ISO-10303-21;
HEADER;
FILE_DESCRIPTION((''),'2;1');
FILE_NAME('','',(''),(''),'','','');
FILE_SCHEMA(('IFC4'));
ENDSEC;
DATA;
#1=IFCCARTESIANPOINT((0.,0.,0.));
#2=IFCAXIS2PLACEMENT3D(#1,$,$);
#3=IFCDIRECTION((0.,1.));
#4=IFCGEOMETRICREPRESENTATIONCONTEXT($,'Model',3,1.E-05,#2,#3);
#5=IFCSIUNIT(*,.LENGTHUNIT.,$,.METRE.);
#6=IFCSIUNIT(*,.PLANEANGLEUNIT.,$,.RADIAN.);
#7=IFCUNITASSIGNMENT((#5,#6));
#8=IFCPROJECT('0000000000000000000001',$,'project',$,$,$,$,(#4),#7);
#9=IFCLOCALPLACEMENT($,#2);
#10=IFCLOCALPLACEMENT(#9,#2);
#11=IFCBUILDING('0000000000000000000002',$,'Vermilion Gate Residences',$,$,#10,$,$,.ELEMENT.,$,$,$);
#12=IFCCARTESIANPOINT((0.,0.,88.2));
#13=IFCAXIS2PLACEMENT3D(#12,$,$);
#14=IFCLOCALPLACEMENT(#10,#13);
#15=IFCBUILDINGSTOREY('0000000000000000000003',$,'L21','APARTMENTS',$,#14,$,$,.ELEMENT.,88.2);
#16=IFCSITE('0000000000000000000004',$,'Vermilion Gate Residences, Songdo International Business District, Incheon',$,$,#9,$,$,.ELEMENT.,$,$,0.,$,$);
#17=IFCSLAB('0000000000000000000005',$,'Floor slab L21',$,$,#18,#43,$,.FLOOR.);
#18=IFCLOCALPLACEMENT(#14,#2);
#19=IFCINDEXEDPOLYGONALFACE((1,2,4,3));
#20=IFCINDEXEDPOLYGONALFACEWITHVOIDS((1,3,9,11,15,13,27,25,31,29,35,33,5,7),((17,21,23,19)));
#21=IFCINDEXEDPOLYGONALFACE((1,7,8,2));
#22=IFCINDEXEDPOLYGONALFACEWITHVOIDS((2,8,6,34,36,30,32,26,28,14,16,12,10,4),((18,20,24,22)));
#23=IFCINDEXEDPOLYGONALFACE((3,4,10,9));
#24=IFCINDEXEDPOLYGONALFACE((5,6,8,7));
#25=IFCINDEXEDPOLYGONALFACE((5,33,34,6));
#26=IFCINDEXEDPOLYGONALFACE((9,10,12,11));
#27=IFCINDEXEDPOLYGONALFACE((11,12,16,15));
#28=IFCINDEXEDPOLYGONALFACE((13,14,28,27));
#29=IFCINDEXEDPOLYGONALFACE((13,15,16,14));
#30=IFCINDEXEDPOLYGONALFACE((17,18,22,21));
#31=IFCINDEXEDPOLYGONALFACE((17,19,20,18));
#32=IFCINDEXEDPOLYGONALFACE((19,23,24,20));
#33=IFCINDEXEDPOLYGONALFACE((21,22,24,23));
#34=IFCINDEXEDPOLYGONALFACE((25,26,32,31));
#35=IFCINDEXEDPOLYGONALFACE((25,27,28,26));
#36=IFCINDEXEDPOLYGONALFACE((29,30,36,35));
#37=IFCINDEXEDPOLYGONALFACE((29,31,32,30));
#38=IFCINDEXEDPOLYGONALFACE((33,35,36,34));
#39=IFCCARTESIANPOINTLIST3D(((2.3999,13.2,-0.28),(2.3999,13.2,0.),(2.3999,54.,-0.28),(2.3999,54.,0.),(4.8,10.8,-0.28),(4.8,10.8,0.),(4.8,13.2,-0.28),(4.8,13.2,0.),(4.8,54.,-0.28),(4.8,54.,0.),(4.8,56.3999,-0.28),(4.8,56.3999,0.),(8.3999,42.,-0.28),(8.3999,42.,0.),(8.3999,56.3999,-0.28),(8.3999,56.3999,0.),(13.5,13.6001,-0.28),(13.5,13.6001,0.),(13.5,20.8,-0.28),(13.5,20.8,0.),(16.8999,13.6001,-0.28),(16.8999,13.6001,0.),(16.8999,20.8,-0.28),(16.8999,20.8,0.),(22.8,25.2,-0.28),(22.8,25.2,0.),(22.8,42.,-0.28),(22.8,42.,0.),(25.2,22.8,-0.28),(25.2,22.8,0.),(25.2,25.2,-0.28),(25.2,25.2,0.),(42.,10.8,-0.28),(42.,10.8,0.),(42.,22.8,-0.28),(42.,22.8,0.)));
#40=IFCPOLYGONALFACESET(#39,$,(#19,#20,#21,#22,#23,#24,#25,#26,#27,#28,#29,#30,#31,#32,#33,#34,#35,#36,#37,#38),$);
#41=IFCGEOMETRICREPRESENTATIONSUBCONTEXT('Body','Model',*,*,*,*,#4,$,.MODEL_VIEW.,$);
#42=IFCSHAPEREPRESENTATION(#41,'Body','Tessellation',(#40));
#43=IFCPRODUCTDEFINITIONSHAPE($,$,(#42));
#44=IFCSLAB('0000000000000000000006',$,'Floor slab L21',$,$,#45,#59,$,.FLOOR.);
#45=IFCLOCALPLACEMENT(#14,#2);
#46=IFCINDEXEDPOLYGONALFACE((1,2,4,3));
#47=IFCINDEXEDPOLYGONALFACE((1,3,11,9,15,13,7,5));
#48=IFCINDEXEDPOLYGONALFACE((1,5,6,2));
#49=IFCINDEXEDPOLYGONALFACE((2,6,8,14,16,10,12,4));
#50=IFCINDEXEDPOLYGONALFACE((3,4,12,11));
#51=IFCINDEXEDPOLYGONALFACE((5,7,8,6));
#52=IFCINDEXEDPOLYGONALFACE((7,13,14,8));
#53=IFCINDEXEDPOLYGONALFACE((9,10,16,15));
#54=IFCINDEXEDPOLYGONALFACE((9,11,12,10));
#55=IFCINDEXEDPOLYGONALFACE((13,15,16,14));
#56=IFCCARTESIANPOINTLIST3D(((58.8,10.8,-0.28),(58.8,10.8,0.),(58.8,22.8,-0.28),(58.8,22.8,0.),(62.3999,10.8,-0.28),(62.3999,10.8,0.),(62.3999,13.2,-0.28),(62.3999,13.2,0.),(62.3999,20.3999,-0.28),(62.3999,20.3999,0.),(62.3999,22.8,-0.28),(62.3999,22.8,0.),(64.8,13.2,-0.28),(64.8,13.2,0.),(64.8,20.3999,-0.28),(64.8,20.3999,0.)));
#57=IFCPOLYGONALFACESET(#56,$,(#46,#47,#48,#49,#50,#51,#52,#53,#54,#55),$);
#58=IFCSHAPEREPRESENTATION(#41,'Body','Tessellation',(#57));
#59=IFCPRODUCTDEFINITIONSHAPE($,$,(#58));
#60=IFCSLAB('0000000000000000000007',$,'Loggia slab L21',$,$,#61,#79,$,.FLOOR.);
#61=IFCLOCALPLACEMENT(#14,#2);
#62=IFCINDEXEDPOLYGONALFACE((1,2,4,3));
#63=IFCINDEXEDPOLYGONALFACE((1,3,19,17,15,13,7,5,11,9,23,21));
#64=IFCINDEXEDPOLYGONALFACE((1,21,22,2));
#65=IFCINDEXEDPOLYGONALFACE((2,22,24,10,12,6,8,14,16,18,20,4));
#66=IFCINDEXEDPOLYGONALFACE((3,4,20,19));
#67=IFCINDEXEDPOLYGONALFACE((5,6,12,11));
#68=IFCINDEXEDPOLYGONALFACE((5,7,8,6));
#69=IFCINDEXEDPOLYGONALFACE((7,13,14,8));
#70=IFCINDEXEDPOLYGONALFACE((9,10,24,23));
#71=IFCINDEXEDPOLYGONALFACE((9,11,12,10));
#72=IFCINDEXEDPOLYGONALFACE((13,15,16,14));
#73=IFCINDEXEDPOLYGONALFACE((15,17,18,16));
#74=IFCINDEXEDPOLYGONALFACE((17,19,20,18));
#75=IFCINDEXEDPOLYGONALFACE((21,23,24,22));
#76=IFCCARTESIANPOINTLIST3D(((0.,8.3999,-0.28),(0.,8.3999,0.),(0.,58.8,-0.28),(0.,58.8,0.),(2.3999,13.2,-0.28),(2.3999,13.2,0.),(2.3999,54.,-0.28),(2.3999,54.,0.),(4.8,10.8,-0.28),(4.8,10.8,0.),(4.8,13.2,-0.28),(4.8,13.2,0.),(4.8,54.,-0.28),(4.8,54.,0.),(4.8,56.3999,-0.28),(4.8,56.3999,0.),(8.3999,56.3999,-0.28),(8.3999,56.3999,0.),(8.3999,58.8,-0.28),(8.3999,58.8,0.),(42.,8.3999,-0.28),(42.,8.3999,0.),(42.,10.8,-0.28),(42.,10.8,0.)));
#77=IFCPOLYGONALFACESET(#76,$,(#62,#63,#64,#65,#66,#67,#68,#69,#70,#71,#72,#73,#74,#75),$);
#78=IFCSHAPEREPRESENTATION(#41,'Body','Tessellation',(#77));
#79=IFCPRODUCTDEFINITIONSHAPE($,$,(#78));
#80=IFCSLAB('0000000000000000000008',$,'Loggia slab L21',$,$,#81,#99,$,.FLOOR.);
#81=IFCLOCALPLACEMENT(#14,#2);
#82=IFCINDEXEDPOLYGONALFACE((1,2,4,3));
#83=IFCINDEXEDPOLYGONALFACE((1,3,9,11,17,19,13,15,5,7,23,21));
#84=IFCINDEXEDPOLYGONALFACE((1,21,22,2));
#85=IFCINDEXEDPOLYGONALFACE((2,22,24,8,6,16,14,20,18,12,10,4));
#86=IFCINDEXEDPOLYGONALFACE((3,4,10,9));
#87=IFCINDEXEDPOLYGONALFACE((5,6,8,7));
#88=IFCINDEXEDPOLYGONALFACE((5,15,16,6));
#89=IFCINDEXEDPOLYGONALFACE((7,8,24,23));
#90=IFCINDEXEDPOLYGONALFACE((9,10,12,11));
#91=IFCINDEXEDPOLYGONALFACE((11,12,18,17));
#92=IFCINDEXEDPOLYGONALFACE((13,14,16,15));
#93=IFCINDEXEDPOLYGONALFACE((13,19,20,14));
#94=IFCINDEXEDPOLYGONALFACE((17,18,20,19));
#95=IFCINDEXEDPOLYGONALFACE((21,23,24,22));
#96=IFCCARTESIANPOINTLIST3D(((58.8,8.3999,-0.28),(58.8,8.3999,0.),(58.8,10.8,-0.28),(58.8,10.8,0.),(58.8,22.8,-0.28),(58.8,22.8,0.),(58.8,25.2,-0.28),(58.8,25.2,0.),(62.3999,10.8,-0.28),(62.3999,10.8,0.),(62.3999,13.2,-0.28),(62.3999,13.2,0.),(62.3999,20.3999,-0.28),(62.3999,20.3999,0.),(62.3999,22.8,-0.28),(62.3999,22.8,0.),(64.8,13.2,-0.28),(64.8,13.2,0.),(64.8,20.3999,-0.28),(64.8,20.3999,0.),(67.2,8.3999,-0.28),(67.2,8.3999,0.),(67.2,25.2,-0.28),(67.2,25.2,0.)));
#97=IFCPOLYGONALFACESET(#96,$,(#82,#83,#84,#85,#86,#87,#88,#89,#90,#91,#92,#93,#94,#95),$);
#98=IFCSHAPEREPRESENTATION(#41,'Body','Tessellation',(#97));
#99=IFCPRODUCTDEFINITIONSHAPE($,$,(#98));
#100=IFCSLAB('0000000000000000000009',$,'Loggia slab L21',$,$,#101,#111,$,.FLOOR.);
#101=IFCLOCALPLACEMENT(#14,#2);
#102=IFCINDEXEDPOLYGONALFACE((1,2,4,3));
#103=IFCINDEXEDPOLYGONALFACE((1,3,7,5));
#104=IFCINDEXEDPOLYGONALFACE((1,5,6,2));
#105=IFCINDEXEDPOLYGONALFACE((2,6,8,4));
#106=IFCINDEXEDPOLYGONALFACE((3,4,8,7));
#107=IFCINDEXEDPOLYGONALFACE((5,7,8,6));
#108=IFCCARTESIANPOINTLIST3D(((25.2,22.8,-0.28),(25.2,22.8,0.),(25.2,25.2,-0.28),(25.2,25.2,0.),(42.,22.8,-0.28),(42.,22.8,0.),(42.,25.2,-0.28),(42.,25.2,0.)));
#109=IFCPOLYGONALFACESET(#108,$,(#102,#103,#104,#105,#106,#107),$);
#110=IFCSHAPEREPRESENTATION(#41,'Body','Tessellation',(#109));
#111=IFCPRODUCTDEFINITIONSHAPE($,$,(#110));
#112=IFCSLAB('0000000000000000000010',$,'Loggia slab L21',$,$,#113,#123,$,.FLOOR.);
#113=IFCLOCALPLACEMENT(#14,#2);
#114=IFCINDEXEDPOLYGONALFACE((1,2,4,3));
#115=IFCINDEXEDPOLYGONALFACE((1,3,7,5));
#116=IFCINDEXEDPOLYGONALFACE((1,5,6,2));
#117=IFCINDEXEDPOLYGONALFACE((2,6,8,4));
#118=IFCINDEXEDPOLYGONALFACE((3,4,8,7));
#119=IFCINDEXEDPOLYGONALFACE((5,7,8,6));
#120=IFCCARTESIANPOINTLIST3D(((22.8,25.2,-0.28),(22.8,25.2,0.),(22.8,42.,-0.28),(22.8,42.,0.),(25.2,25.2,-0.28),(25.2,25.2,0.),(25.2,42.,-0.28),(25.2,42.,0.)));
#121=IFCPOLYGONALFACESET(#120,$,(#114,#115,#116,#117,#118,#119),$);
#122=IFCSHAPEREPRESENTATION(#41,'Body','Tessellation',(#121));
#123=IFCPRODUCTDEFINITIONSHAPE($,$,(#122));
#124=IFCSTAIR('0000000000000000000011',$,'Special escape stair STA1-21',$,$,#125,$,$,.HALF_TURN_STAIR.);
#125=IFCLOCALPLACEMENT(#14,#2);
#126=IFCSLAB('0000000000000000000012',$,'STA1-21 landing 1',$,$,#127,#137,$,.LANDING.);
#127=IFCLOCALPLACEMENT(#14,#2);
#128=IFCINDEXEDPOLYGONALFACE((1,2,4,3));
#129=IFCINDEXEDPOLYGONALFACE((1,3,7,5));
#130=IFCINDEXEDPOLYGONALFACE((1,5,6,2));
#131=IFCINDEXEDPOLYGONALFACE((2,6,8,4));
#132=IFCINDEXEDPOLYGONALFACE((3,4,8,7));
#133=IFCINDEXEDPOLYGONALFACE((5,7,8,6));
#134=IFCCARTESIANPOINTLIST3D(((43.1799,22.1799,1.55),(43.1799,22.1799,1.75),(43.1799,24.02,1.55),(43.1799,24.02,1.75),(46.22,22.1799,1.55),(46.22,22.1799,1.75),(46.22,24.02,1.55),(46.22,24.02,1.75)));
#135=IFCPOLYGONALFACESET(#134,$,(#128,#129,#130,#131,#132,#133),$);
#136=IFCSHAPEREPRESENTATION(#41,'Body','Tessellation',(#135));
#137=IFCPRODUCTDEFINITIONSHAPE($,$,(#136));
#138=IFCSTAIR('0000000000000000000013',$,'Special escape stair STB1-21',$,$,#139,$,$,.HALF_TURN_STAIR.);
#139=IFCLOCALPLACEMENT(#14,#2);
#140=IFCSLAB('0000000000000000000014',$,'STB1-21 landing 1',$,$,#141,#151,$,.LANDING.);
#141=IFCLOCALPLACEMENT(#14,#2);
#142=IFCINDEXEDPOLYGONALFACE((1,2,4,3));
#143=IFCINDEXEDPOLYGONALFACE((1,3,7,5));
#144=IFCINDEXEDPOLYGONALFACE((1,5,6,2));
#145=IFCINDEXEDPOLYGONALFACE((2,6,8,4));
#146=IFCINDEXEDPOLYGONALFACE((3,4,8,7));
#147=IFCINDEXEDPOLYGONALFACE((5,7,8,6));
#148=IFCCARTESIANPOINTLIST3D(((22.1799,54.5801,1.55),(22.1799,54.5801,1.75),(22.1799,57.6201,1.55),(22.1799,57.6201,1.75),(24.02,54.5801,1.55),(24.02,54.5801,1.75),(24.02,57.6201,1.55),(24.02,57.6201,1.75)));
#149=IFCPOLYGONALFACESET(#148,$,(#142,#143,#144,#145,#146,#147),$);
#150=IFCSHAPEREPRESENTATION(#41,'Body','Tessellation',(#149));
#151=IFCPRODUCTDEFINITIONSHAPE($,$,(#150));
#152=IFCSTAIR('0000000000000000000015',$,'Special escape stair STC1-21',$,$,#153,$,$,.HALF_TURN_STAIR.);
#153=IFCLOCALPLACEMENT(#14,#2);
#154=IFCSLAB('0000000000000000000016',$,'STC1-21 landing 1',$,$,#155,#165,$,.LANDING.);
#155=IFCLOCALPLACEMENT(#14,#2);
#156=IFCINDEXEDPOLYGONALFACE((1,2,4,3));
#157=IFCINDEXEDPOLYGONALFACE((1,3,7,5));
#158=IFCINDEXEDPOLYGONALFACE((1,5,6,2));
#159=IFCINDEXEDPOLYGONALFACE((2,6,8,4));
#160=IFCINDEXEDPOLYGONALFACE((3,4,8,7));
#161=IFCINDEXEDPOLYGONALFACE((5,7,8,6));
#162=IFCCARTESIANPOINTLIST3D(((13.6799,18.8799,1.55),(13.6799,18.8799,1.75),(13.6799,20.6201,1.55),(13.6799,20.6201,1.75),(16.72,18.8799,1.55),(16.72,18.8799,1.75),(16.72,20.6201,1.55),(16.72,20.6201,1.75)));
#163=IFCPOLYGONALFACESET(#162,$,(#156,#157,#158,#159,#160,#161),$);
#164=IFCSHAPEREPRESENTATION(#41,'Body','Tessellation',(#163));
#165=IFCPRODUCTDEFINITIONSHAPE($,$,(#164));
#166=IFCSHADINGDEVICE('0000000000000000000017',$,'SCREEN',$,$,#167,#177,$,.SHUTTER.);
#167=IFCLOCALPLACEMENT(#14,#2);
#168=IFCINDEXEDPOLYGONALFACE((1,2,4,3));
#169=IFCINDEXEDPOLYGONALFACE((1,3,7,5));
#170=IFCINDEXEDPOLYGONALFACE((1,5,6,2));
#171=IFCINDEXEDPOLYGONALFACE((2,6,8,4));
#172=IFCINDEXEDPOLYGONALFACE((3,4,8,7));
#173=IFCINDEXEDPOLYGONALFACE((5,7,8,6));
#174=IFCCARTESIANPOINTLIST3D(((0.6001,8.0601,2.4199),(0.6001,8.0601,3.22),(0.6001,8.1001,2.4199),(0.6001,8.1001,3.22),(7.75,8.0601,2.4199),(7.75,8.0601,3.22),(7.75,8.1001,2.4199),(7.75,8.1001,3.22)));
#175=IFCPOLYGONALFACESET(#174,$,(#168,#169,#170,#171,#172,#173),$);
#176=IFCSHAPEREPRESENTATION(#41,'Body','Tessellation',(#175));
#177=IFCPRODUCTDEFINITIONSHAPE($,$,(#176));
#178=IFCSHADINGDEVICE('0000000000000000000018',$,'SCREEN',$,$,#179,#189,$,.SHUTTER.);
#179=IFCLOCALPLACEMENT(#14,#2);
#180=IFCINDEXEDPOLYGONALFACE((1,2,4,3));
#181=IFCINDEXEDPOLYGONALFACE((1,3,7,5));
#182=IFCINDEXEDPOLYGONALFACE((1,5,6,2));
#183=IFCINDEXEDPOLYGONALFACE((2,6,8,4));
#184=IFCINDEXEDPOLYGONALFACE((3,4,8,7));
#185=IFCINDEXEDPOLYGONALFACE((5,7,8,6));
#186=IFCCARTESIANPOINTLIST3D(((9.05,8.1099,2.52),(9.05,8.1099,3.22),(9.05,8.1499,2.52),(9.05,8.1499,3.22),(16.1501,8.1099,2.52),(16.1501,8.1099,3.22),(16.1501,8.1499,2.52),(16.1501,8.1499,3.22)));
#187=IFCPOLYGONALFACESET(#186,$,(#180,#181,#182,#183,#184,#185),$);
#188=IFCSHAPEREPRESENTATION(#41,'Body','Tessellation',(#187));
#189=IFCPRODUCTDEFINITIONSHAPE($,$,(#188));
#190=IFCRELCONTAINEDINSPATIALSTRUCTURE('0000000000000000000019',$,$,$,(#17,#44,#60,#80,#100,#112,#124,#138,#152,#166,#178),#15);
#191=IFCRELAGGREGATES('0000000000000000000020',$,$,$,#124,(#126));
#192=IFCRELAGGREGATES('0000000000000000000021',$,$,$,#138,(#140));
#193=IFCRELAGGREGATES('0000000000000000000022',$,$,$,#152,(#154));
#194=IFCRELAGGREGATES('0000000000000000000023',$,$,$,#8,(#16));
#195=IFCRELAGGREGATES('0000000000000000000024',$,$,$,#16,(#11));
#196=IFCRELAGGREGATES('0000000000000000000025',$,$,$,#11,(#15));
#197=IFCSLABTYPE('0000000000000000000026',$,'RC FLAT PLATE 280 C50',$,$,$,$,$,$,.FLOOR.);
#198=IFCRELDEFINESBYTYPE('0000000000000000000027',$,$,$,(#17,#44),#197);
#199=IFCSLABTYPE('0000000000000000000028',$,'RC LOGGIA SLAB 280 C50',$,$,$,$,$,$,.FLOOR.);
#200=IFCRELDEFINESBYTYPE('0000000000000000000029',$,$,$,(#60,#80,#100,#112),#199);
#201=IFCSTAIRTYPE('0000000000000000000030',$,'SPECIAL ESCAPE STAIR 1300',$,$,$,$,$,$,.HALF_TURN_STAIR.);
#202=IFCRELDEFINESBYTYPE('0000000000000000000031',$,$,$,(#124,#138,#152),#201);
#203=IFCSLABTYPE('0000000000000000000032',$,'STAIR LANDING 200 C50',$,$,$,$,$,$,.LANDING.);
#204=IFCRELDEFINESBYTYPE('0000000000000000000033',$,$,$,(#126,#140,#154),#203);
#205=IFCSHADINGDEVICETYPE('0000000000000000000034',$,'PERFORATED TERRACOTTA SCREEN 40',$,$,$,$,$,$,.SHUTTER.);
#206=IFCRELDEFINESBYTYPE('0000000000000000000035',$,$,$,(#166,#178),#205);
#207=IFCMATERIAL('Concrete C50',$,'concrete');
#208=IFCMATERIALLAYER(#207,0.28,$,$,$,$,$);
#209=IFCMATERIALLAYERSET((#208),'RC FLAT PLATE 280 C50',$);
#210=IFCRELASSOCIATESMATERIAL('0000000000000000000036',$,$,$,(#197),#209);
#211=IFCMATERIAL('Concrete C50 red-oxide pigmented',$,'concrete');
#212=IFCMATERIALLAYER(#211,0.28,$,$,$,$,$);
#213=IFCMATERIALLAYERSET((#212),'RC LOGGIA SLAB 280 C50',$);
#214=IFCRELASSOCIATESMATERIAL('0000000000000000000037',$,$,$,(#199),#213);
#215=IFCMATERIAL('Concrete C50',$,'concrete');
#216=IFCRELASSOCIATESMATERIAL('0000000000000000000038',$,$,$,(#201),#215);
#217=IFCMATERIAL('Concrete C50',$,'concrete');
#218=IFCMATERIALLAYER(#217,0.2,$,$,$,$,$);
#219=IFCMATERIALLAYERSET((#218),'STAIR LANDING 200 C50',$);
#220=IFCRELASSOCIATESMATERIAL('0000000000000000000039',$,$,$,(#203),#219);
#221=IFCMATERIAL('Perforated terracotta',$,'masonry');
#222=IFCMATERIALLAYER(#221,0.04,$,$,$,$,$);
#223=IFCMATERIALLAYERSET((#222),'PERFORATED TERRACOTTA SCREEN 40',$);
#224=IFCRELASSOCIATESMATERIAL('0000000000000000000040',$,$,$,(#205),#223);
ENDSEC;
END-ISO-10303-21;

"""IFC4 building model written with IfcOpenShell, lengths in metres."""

from ifc_helpers import new_model, si_unit, direction, frame, origin, origin_2d, place, context, subcontext, project, spatial, polyline, rectangle, outline, extrude, material, layer, layer_set, type_object, element, aggregate, save


model = new_model("IFC4")

# Units and contexts
model_context = context("Model", 3, precision=1e-05, world=origin(), true_north=direction((0.0, 1.0)))
body_context = subcontext(model_context, "Body", "Model", "MODEL_VIEW")
ifc_project = project(units=[si_unit("LENGTHUNIT", "METRE"), si_unit("PLANEANGLEUNIT", "RADIAN")], contexts=[model_context])

# Site, building, storey
site_placement = place(None, origin())
site = spatial("IfcSite", under=ifc_project, at=site_placement, Name="Vermilion Gate Residences, Songdo International Business District, Incheon", CompositionType="ELEMENT", RefElevation=0.0)
building_placement = place(site_placement, origin())
building = spatial("IfcBuilding", under=site, at=building_placement, Name="Vermilion Gate Residences", CompositionType="ELEMENT")
storey_placement = place(building_placement, frame((0.0, 0.0, 88.2)))
storey = spatial("IfcBuildingStorey", under=building, at=storey_placement, Name="L21", Description="APARTMENTS", CompositionType="ELEMENT", Elevation=88.2)

# Slabs
ifc_material_1 = material(Name="Concrete C50", Category="concrete")
ifc_layer_1 = layer(ifc_material_1, 0.28)
ifc_layer_set_1 = layer_set([ifc_layer_1], Name="RC FLAT PLATE 280 C50")
slab_type_1 = type_object("IfcSlabType", Name="RC FLAT PLATE 280 C50", PredefinedType="FLOOR", material=ifc_layer_set_1)
slab_1_placement = place(storey_placement, frame((0.0, 0.0, -0.28)))
element("IfcSlab", 1, at=slab_1_placement, inside=storey, type_object=slab_type_1, Name="Floor slab L21", PredefinedType="FLOOR", context=body_context, shape_type="SweptSolid", body=[
    extrude(outline(polyline([(22.8, 25.2), (22.8, 42.0), (8.3999, 42.0), (8.3999, 56.3999), (4.8, 56.3999), (4.8, 54.0), (2.3999, 54.0), (2.3999, 13.2), (4.8, 13.2), (4.8, 10.8), (42.0, 10.8), (42.0, 22.8), (25.2, 22.8), (25.2, 25.2), (22.8, 25.2)]), holes=[polyline([(13.5, 13.6001), (13.5, 20.8), (16.8999, 20.8), (16.8999, 13.6001), (13.5, 13.6001)])]), origin(), (0.0, 0.0, 1.0), 0.28),
])
slab_2_placement = place(storey_placement, frame((0.0, 0.0, -0.28)))
element("IfcSlab", 2, at=slab_2_placement, inside=storey, type_object=slab_type_1, Name="Floor slab L21", PredefinedType="FLOOR", context=body_context, shape_type="SweptSolid", body=[
    extrude(outline(polyline([(58.8, 22.8), (58.8, 10.8), (62.3999, 10.8), (62.3999, 13.2), (64.8, 13.2), (64.8, 20.3999), (62.3999, 20.3999), (62.3999, 22.8), (58.8, 22.8)])), origin(), (0.0, 0.0, 1.0), 0.28),
])
ifc_material_2 = material(Name="Concrete C50 red-oxide pigmented", Category="concrete")
ifc_layer_2 = layer(ifc_material_2, 0.28)
ifc_layer_set_2 = layer_set([ifc_layer_2], Name="RC LOGGIA SLAB 280 C50")
slab_type_2 = type_object("IfcSlabType", Name="RC LOGGIA SLAB 280 C50", PredefinedType="FLOOR", material=ifc_layer_set_2)
slab_3_placement = place(storey_placement, frame((0.0, 0.0, -0.28)))
element("IfcSlab", 3, at=slab_3_placement, inside=storey, type_object=slab_type_2, Name="Loggia slab L21", PredefinedType="FLOOR", context=body_context, shape_type="SweptSolid", body=[
    extrude(outline(polyline([(0.0, 58.8), (0.0, 8.3999), (42.0, 8.3999), (42.0, 10.8), (4.8, 10.8), (4.8, 13.2), (2.3999, 13.2), (2.3999, 54.0), (4.8, 54.0), (4.8, 56.3999), (8.3999, 56.3999), (8.3999, 58.8), (0.0, 58.8)])), origin(), (0.0, 0.0, 1.0), 0.28),
])
slab_4_placement = place(storey_placement, frame((0.0, 0.0, -0.28)))
element("IfcSlab", 4, at=slab_4_placement, inside=storey, type_object=slab_type_2, Name="Loggia slab L21", PredefinedType="FLOOR", context=body_context, shape_type="SweptSolid", body=[
    extrude(outline(polyline([(64.8, 20.3999), (64.8, 13.2), (62.3999, 13.2), (62.3999, 10.8), (58.8, 10.8), (58.8, 8.3999), (67.2, 8.3999), (67.2, 25.2), (58.8, 25.2), (58.8, 22.8), (62.3999, 22.8), (62.3999, 20.3999), (64.8, 20.3999)])), origin(), (0.0, 0.0, 1.0), 0.28),
])
slab_5_placement = place(storey_placement, frame((0.0, 0.0, -0.28)))
element("IfcSlab", 5, at=slab_5_placement, inside=storey, type_object=slab_type_2, Name="Loggia slab L21", PredefinedType="FLOOR", context=body_context, shape_type="SweptSolid", body=[
    extrude(outline(polyline([(25.2, 22.8), (42.0, 22.8), (42.0, 25.2), (25.2, 25.2), (25.2, 22.8)])), origin(), (0.0, 0.0, 1.0), 0.28),
])
slab_6_placement = place(storey_placement, frame((0.0, 0.0, -0.28)))
element("IfcSlab", 6, at=slab_6_placement, inside=storey, type_object=slab_type_2, Name="Loggia slab L21", PredefinedType="FLOOR", context=body_context, shape_type="SweptSolid", body=[
    extrude(outline(polyline([(25.2, 25.2), (25.2, 42.0), (22.8, 42.0), (22.8, 25.2), (25.2, 25.2)])), origin(), (0.0, 0.0, 1.0), 0.28),
])

# Stairs, slabs
ifc_material_3 = material(Name="Concrete C50", Category="concrete")
stair_type = type_object("IfcStairType", Name="SPECIAL ESCAPE STAIR 1300", PredefinedType="HALF_TURN_STAIR", material=ifc_material_3)
stair_1_placement = place(storey_placement, origin())
stair_1 = element("IfcStair", 7, at=stair_1_placement, inside=storey, type_object=stair_type, Name="Special escape stair STA1-21", PredefinedType="HALF_TURN_STAIR")
ifc_material_4 = material(Name="Concrete C50", Category="concrete")
ifc_layer_3 = layer(ifc_material_4, 0.2)
ifc_layer_set_3 = layer_set([ifc_layer_3], Name="STAIR LANDING 200 C50")
slab_type_3 = type_object("IfcSlabType", Name="STAIR LANDING 200 C50", PredefinedType="LANDING", material=ifc_layer_set_3)
slab_7_placement = place(storey_placement, frame((0.0, 0.0, 1.55)))
slab_7 = element("IfcSlab", 8, at=slab_7_placement, type_object=slab_type_3, Name="STA1-21 landing 1", PredefinedType="LANDING", context=body_context, shape_type="SweptSolid", body=[
    extrude(outline(polyline([(46.22, 22.1799), (46.22, 24.02), (43.1799, 24.02), (43.1799, 22.1799), (46.22, 22.1799)])), origin(), (0.0, 0.0, 1.0), 0.2),
])
aggregate(stair_1, [slab_7])
stair_2_placement = place(storey_placement, origin())
stair_2 = element("IfcStair", 9, at=stair_2_placement, inside=storey, type_object=stair_type, Name="Special escape stair STB1-21", PredefinedType="HALF_TURN_STAIR")
slab_8_placement = place(storey_placement, frame((0.0, 0.0, 1.55)))
slab_8 = element("IfcSlab", 10, at=slab_8_placement, type_object=slab_type_3, Name="STB1-21 landing 1", PredefinedType="LANDING", context=body_context, shape_type="SweptSolid", body=[
    extrude(outline(polyline([(24.02, 54.5801), (24.02, 57.6201), (22.1799, 57.6201), (22.1799, 54.5801), (24.02, 54.5801)])), origin(), (0.0, 0.0, 1.0), 0.2),
])
aggregate(stair_2, [slab_8])
stair_3_placement = place(storey_placement, origin())
stair_3 = element("IfcStair", 11, at=stair_3_placement, inside=storey, type_object=stair_type, Name="Special escape stair STC1-21", PredefinedType="HALF_TURN_STAIR")
slab_9_placement = place(storey_placement, frame((0.0, 0.0, 1.55)))
slab_9 = element("IfcSlab", 12, at=slab_9_placement, type_object=slab_type_3, Name="STC1-21 landing 1", PredefinedType="LANDING", context=body_context, shape_type="SweptSolid", body=[
    extrude(outline(polyline([(16.72, 18.8799), (16.72, 20.6201), (13.6799, 20.6201), (13.6799, 18.8799), (16.72, 18.8799)])), origin(), (0.0, 0.0, 1.0), 0.2),
])
aggregate(stair_3, [slab_9])

# Shading devices
ifc_material_5 = material(Name="Perforated terracotta", Category="masonry")
ifc_layer_4 = layer(ifc_material_5, 0.04)
ifc_layer_set_4 = layer_set([ifc_layer_4], Name="PERFORATED TERRACOTTA SCREEN 40")
shading_device_type_1 = type_object("IfcShadingDeviceType", Name="PERFORATED TERRACOTTA SCREEN 40", PredefinedType="SHUTTER", material=ifc_layer_set_4)
shading_device_1_placement = place(storey_placement, frame((4.175, 8.0801, 2.4199), z_axis=(0.0, 0.0, 1.0), x_axis=(1.0, 0.0, 0.0)))
element("IfcShadingDevice", 13, at=shading_device_1_placement, inside=storey, type_object=shading_device_type_1, Name="SCREEN", PredefinedType="SHUTTER", context=body_context, shape_type="SweptSolid", body=[
    extrude(rectangle(XDim=7.1499, YDim=0.04, at=origin_2d()), origin(), (0.0, 0.0, 1.0), 0.8),
])
shading_device_2_placement = place(storey_placement, frame((12.6001, 8.1299, 2.52), z_axis=(0.0, 0.0, 1.0), x_axis=(1.0, 0.0, 0.0)))
element("IfcShadingDevice", 14, at=shading_device_2_placement, inside=storey, type_object=shading_device_type_1, Name="SCREEN", PredefinedType="SHUTTER", context=body_context, shape_type="SweptSolid", body=[
    extrude(rectangle(XDim=7.1001, YDim=0.04, at=origin_2d()), origin(), (0.0, 0.0, 1.0), 0.7),
])

save(model, "model.ifc")
